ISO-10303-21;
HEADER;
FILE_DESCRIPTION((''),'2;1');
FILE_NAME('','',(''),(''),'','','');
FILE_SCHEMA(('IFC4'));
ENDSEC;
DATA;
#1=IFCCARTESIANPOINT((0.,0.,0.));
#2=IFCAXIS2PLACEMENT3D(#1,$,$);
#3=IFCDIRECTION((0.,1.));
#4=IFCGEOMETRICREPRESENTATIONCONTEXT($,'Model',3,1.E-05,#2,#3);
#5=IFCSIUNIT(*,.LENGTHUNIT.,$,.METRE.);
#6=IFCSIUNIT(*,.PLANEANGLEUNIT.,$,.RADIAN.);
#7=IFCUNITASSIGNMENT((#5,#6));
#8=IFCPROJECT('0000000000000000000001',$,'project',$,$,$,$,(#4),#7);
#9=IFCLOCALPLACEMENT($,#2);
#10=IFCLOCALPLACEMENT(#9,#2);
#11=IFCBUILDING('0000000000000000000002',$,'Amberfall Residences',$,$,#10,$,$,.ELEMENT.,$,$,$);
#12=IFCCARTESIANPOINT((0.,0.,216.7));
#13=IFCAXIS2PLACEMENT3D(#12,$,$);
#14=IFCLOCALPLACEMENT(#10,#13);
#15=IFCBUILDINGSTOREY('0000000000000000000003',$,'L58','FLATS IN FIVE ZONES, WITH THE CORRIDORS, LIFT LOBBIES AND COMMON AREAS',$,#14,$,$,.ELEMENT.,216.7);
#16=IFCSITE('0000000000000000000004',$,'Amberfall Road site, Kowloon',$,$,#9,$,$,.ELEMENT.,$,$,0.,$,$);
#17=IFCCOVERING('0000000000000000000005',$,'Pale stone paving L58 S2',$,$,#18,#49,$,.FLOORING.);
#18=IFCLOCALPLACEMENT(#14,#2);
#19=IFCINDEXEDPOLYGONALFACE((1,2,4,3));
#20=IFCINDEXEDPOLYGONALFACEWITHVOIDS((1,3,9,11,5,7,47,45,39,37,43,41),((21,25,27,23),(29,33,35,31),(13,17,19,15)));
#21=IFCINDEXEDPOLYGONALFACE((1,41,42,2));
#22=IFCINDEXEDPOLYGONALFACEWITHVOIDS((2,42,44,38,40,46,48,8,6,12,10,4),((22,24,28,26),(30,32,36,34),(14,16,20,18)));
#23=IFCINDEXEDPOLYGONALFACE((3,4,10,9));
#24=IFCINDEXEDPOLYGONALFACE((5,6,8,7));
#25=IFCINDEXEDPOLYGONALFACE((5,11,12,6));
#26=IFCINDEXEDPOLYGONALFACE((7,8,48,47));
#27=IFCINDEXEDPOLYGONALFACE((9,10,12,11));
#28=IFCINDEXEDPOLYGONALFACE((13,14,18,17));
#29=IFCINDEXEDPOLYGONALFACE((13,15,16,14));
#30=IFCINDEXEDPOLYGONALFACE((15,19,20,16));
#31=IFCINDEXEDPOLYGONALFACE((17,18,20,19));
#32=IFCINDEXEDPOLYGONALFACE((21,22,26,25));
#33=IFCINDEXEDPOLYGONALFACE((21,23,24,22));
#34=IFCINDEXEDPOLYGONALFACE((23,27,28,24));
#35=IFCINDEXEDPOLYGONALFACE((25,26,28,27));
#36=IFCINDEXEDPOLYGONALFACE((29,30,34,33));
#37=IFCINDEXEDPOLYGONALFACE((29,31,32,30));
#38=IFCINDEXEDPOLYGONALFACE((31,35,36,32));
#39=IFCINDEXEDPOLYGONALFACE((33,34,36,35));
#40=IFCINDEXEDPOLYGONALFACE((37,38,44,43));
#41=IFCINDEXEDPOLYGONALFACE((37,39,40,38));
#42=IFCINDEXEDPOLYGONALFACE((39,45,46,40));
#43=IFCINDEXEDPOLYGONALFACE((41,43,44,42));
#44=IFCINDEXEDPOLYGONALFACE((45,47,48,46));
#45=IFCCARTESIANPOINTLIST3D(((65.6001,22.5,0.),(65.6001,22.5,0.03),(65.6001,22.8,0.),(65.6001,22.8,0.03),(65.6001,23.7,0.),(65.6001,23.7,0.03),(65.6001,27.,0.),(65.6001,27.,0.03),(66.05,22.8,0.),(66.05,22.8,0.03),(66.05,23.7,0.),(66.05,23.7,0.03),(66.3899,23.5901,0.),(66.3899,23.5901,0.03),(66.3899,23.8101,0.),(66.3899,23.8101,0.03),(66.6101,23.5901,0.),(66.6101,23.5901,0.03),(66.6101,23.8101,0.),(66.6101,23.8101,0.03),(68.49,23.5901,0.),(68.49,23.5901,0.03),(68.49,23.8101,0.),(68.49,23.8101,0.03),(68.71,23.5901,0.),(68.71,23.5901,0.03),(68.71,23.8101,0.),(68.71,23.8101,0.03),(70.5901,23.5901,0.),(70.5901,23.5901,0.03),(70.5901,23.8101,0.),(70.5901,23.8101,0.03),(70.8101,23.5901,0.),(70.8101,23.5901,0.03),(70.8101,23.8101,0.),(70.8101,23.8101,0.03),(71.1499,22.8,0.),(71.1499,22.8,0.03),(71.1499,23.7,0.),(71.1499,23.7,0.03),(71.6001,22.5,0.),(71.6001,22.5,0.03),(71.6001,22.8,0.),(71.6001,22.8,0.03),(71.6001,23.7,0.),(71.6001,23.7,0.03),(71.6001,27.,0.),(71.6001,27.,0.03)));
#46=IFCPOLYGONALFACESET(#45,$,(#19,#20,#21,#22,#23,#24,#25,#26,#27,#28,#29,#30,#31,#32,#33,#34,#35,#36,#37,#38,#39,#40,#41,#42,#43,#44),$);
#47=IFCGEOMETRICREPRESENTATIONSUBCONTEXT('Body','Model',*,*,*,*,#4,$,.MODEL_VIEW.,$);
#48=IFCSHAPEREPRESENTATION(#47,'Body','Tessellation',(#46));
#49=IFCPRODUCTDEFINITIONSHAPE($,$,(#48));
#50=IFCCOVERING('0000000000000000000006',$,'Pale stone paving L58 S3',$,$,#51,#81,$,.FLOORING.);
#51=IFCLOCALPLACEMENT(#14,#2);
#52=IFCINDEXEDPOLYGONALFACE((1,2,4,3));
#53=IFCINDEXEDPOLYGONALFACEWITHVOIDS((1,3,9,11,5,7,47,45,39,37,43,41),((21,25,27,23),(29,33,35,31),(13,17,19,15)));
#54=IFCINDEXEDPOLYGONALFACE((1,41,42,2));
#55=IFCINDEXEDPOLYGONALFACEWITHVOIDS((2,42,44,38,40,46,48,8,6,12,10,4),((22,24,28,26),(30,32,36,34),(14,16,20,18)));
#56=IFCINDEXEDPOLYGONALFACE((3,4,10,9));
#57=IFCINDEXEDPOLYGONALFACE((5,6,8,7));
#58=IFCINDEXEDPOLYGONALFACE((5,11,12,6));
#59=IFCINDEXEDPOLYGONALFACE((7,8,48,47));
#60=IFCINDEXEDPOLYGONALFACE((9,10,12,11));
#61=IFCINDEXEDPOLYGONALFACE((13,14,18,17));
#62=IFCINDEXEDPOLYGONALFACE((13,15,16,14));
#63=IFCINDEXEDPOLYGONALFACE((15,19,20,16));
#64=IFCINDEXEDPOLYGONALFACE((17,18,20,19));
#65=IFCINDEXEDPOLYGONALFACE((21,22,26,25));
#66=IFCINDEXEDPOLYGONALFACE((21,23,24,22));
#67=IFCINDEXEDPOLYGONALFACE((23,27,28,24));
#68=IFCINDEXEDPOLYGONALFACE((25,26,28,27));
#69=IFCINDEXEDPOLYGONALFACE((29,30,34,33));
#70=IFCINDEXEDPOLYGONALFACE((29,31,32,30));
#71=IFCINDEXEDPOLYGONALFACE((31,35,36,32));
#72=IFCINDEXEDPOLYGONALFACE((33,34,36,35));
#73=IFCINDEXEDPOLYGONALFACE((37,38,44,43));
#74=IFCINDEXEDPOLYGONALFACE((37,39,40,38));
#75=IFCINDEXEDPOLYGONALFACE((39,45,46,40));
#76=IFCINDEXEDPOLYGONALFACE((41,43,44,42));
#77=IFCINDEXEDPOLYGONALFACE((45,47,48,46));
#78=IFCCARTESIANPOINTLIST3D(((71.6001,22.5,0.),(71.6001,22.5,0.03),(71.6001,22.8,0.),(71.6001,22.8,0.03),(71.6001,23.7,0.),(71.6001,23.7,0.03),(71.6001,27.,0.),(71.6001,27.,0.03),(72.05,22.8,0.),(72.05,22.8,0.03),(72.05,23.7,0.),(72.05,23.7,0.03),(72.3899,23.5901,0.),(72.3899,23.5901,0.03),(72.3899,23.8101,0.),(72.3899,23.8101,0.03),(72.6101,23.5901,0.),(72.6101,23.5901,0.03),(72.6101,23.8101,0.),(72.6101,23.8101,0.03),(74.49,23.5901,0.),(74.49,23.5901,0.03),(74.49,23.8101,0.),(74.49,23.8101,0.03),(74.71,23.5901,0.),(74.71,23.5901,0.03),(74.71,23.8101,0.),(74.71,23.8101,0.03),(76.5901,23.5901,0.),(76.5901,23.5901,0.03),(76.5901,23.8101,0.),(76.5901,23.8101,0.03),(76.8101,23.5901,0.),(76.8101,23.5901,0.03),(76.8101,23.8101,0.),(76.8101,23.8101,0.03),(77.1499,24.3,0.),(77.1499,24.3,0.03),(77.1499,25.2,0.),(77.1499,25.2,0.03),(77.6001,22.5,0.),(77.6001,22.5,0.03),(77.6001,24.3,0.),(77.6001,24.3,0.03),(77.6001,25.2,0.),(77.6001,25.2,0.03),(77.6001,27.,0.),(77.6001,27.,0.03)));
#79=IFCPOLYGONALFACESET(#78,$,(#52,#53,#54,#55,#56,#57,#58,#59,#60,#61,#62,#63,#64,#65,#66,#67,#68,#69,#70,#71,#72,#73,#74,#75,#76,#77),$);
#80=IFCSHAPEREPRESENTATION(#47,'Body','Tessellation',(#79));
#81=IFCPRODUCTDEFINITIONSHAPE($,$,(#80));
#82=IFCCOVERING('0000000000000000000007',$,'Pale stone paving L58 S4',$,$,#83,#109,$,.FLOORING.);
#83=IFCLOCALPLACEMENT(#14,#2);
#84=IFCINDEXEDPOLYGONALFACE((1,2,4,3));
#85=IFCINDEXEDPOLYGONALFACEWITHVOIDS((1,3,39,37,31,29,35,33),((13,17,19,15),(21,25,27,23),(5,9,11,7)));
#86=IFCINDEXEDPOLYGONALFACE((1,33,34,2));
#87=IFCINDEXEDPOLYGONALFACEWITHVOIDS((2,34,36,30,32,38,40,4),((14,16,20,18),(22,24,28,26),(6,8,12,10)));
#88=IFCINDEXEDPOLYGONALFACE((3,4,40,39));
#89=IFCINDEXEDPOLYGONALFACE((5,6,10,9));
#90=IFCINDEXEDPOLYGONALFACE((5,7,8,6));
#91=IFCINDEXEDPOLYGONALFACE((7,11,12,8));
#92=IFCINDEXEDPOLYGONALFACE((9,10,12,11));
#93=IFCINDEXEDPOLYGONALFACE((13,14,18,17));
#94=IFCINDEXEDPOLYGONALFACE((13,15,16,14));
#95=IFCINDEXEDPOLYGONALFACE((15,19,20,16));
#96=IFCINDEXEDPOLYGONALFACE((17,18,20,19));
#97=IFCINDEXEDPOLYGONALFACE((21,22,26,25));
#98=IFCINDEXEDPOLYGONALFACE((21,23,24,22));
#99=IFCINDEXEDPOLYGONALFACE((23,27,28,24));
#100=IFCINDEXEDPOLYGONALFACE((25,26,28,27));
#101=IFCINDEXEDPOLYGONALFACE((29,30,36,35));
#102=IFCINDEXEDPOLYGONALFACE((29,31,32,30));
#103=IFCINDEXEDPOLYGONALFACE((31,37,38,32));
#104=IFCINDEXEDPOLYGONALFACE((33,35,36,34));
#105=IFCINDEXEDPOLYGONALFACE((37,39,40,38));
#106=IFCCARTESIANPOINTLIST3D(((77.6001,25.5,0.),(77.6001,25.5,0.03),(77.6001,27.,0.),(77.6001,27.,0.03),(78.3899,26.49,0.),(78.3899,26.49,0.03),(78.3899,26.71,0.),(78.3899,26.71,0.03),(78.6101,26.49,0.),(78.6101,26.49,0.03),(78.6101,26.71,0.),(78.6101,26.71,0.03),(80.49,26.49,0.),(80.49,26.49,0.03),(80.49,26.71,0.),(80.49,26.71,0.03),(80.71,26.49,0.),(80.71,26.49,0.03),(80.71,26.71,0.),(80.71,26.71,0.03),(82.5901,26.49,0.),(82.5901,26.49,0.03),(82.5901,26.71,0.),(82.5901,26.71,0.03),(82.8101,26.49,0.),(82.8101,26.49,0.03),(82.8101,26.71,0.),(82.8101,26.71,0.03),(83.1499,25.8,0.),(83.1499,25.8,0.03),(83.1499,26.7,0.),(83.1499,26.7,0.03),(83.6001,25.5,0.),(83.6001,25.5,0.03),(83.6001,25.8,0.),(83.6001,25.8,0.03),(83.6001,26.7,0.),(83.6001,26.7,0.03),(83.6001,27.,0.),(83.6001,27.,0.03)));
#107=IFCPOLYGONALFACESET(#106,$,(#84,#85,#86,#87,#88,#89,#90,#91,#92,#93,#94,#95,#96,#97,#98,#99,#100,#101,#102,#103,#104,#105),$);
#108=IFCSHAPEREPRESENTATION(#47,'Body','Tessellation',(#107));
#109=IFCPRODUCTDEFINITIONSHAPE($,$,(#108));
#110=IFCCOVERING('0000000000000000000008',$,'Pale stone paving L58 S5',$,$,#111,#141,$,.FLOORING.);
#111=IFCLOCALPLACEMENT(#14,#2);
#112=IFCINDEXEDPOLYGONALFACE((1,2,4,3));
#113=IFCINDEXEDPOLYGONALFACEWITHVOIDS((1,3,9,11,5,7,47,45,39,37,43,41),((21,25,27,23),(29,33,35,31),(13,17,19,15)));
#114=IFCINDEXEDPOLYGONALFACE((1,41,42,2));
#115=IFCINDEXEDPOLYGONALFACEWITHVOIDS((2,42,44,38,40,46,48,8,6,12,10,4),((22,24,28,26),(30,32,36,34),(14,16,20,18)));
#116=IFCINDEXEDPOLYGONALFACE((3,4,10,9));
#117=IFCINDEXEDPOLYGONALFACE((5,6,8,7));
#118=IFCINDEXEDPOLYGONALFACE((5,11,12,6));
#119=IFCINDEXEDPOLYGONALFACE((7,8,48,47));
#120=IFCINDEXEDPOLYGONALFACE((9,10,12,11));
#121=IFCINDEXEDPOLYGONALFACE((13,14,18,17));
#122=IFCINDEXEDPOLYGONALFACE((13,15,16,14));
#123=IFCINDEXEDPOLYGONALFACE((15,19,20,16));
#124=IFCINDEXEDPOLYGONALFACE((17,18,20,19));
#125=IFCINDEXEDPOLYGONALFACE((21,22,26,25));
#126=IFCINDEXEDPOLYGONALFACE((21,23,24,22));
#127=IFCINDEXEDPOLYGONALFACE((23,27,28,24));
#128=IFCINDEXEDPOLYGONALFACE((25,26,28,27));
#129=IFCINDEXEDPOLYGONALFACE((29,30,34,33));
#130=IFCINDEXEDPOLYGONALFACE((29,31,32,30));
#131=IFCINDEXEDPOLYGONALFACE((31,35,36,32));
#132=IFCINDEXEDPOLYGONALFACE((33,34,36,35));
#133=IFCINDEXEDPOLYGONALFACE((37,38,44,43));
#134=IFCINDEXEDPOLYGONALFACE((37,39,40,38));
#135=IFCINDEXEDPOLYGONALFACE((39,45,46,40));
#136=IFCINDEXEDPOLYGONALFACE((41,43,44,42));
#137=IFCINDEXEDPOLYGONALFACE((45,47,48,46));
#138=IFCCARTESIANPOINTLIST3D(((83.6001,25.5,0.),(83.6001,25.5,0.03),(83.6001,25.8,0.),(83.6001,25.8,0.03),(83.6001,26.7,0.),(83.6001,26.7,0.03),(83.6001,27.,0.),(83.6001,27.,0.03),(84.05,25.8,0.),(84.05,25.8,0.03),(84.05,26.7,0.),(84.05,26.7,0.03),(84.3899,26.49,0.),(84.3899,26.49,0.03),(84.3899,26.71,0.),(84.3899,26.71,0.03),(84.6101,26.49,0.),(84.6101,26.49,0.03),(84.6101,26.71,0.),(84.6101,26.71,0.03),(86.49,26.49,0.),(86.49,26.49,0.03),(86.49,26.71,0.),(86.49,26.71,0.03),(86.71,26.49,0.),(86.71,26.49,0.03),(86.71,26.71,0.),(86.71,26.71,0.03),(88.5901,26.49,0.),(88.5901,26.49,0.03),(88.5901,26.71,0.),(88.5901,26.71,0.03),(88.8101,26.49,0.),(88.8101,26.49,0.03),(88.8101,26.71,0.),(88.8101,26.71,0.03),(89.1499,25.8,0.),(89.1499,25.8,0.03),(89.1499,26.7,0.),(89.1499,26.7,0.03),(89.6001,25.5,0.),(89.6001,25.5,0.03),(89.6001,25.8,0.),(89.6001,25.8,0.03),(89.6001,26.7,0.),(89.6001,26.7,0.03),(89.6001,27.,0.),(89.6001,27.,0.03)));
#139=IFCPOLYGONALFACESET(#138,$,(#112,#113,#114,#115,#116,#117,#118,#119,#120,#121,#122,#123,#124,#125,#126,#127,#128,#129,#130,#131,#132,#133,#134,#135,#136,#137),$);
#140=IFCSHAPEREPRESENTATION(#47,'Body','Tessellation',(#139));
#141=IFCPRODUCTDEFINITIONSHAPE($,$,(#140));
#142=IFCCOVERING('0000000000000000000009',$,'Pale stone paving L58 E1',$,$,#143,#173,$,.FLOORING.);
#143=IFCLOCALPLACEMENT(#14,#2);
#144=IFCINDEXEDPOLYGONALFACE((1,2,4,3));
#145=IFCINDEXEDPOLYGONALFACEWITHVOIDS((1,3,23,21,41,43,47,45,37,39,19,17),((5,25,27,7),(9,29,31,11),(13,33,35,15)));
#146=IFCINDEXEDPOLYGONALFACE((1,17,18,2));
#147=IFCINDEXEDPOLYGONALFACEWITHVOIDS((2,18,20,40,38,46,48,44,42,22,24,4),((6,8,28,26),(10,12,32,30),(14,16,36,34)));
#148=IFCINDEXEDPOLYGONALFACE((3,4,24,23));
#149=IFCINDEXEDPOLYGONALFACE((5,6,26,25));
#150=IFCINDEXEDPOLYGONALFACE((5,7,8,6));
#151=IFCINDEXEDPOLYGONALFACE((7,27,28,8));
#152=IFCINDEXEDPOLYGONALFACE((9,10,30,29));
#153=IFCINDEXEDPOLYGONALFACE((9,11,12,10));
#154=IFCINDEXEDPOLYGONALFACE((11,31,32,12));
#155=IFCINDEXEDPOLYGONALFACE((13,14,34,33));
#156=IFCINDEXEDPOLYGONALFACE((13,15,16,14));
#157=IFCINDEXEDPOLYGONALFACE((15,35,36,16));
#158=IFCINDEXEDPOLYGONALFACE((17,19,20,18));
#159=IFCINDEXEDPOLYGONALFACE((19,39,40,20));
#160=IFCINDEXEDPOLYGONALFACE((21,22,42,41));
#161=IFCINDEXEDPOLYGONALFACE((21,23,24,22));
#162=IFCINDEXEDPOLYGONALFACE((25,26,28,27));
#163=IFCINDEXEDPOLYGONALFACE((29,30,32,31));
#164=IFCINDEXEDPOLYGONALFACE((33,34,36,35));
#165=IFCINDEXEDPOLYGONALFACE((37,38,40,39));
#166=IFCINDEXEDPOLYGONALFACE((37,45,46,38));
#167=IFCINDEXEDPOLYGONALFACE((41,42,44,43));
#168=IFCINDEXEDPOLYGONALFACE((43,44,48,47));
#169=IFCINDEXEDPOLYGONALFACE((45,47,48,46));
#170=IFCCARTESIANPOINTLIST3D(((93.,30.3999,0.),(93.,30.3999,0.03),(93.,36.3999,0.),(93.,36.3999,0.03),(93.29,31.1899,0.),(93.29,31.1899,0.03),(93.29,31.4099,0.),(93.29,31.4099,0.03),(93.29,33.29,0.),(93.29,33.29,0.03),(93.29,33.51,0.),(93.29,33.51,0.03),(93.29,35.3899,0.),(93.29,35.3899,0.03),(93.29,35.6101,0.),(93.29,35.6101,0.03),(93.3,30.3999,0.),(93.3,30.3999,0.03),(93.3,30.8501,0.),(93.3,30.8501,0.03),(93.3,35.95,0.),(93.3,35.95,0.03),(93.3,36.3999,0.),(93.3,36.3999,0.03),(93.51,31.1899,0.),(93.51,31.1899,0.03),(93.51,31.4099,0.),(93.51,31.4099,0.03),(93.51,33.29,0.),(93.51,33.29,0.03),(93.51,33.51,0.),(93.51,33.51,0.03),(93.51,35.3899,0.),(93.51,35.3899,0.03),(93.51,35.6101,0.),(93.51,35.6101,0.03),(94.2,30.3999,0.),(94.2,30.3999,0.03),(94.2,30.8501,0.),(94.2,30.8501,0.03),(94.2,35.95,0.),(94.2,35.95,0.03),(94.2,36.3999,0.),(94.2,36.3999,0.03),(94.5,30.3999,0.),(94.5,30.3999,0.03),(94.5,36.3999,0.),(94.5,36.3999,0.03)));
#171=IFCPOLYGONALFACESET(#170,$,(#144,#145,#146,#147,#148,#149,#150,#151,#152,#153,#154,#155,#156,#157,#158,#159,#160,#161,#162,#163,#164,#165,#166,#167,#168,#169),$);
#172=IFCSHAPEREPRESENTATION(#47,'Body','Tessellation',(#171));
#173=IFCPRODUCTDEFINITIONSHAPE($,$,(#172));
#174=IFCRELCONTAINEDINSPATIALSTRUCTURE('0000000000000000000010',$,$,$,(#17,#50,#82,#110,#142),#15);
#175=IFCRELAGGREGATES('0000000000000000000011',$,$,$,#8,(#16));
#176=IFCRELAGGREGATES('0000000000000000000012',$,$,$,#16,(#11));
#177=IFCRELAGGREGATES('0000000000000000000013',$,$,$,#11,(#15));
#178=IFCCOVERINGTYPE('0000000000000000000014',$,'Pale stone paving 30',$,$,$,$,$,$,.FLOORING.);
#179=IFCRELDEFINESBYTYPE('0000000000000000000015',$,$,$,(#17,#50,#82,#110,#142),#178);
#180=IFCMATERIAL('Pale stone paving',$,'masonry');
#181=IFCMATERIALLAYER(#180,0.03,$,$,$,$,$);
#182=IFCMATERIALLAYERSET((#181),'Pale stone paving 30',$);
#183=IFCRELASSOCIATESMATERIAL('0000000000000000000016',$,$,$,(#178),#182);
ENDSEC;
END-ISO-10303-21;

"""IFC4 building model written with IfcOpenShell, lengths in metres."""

from ifc_helpers import new_model, si_unit, direction, frame, origin, place, context, subcontext, project, spatial, polyline, outline, extrude, material, layer, layer_set, type_object, element, save


model = new_model("IFC4")

# Units and contexts
model_context = context("Model", 3, precision=1e-05, world=origin(), true_north=direction((0.0, 1.0)))
body_context = subcontext(model_context, "Body", "Model", "MODEL_VIEW")
ifc_project = project(units=[si_unit("LENGTHUNIT", "METRE"), si_unit("PLANEANGLEUNIT", "RADIAN")], contexts=[model_context])

# Site, building, storey
site_placement = place(None, origin())
site = spatial("IfcSite", under=ifc_project, at=site_placement, Name="Amberfall Road site, Kowloon", CompositionType="ELEMENT", RefElevation=0.0)
building_placement = place(site_placement, origin())
building = spatial("IfcBuilding", under=site, at=building_placement, Name="Amberfall Residences", CompositionType="ELEMENT")
storey_placement = place(building_placement, frame((0.0, 0.0, 216.7)))
storey = spatial("IfcBuildingStorey", under=building, at=storey_placement, Name="L58", Description="FLATS IN FIVE ZONES, WITH THE CORRIDORS, LIFT LOBBIES AND COMMON AREAS", CompositionType="ELEMENT", Elevation=216.7)

# Coverings
ifc_material_1 = material(Name="Pale stone paving", Category="masonry")
ifc_layer_1 = layer(ifc_material_1, 0.03)
ifc_layer_set_1 = layer_set([ifc_layer_1], Name="Pale stone paving 30")
covering_type_1 = type_object("IfcCoveringType", Name="Pale stone paving 30", PredefinedType="FLOORING", material=ifc_layer_set_1)
covering_1_placement = place(storey_placement, origin())
element("IfcCovering", 1, at=covering_1_placement, inside=storey, type_object=covering_type_1, Name="Pale stone paving L58 S2", PredefinedType="FLOORING", context=body_context, shape_type="SweptSolid", body=[
    extrude(outline(polyline([(71.6001, 22.5), (71.6001, 22.8), (71.1499, 22.8), (71.1499, 23.7), (71.6001, 23.7), (71.6001, 27.0), (65.6001, 27.0), (65.6001, 23.7), (66.05, 23.7), (66.05, 22.8), (65.6001, 22.8), (65.6001, 22.5), (71.6001, 22.5)]), holes=[polyline([(66.3899, 23.5901), (66.6101, 23.5901), (66.6101, 23.8101), (66.3899, 23.8101), (66.3899, 23.5901)]), polyline([(68.49, 23.5901), (68.71, 23.5901), (68.71, 23.8101), (68.49, 23.8101), (68.49, 23.5901)]), polyline([(70.5901, 23.5901), (70.8101, 23.5901), (70.8101, 23.8101), (70.5901, 23.8101), (70.5901, 23.5901)])]), origin(), (0.0, 0.0, 1.0), 0.03),
])
covering_2_placement = place(storey_placement, origin())
element("IfcCovering", 2, at=covering_2_placement, inside=storey, type_object=covering_type_1, Name="Pale stone paving L58 S3", PredefinedType="FLOORING", context=body_context, shape_type="SweptSolid", body=[
    extrude(outline(polyline([(77.6001, 22.5), (77.6001, 24.3), (77.1499, 24.3), (77.1499, 25.2), (77.6001, 25.2), (77.6001, 27.0), (71.6001, 27.0), (71.6001, 23.7), (72.05, 23.7), (72.05, 22.8), (71.6001, 22.8), (71.6001, 22.5), (77.6001, 22.5)]), holes=[polyline([(72.3899, 23.5901), (72.6101, 23.5901), (72.6101, 23.8101), (72.3899, 23.8101), (72.3899, 23.5901)]), polyline([(74.49, 23.5901), (74.71, 23.5901), (74.71, 23.8101), (74.49, 23.8101), (74.49, 23.5901)]), polyline([(76.5901, 23.5901), (76.8101, 23.5901), (76.8101, 23.8101), (76.5901, 23.8101), (76.5901, 23.5901)])]), origin(), (0.0, 0.0, 1.0), 0.03),
])
covering_3_placement = place(storey_placement, origin())
element("IfcCovering", 3, at=covering_3_placement, inside=storey, type_object=covering_type_1, Name="Pale stone paving L58 S4", PredefinedType="FLOORING", context=body_context, shape_type="SweptSolid", body=[
    extrude(outline(polyline([(83.6001, 27.0), (77.6001, 27.0), (77.6001, 25.5), (83.6001, 25.5), (83.6001, 25.8), (83.1499, 25.8), (83.1499, 26.7), (83.6001, 26.7), (83.6001, 27.0)]), holes=[polyline([(78.3899, 26.49), (78.6101, 26.49), (78.6101, 26.71), (78.3899, 26.71), (78.3899, 26.49)]), polyline([(80.49, 26.49), (80.71, 26.49), (80.71, 26.71), (80.49, 26.71), (80.49, 26.49)]), polyline([(82.5901, 26.49), (82.8101, 26.49), (82.8101, 26.71), (82.5901, 26.71), (82.5901, 26.49)])]), origin(), (0.0, 0.0, 1.0), 0.03),
])
covering_4_placement = place(storey_placement, origin())
element("IfcCovering", 4, at=covering_4_placement, inside=storey, type_object=covering_type_1, Name="Pale stone paving L58 S5", PredefinedType="FLOORING", context=body_context, shape_type="SweptSolid", body=[
    extrude(outline(polyline([(89.6001, 27.0), (83.6001, 27.0), (83.6001, 26.7), (84.05, 26.7), (84.05, 25.8), (83.6001, 25.8), (83.6001, 25.5), (89.6001, 25.5), (89.6001, 25.8), (89.1499, 25.8), (89.1499, 26.7), (89.6001, 26.7), (89.6001, 27.0)]), holes=[polyline([(84.3899, 26.49), (84.6101, 26.49), (84.6101, 26.71), (84.3899, 26.71), (84.3899, 26.49)]), polyline([(86.49, 26.49), (86.71, 26.49), (86.71, 26.71), (86.49, 26.71), (86.49, 26.49)]), polyline([(88.5901, 26.49), (88.8101, 26.49), (88.8101, 26.71), (88.5901, 26.71), (88.5901, 26.49)])]), origin(), (0.0, 0.0, 1.0), 0.03),
])
covering_5_placement = place(storey_placement, origin())
element("IfcCovering", 5, at=covering_5_placement, inside=storey, type_object=covering_type_1, Name="Pale stone paving L58 E1", PredefinedType="FLOORING", context=body_context, shape_type="SweptSolid", body=[
    extrude(outline(polyline([(93.0, 36.3999), (93.0, 30.3999), (93.3, 30.3999), (93.3, 30.8501), (94.2, 30.8501), (94.2, 30.3999), (94.5, 30.3999), (94.5, 36.3999), (94.2, 36.3999), (94.2, 35.95), (93.3, 35.95), (93.3, 36.3999), (93.0, 36.3999)]), holes=[polyline([(93.29, 31.1899), (93.51, 31.1899), (93.51, 31.4099), (93.29, 31.4099), (93.29, 31.1899)]), polyline([(93.29, 33.29), (93.51, 33.29), (93.51, 33.51), (93.29, 33.51), (93.29, 33.29)]), polyline([(93.29, 35.3899), (93.51, 35.3899), (93.51, 35.6101), (93.29, 35.6101), (93.29, 35.3899)])]), origin(), (0.0, 0.0, 1.0), 0.03),
])

save(model, "model.ifc")
